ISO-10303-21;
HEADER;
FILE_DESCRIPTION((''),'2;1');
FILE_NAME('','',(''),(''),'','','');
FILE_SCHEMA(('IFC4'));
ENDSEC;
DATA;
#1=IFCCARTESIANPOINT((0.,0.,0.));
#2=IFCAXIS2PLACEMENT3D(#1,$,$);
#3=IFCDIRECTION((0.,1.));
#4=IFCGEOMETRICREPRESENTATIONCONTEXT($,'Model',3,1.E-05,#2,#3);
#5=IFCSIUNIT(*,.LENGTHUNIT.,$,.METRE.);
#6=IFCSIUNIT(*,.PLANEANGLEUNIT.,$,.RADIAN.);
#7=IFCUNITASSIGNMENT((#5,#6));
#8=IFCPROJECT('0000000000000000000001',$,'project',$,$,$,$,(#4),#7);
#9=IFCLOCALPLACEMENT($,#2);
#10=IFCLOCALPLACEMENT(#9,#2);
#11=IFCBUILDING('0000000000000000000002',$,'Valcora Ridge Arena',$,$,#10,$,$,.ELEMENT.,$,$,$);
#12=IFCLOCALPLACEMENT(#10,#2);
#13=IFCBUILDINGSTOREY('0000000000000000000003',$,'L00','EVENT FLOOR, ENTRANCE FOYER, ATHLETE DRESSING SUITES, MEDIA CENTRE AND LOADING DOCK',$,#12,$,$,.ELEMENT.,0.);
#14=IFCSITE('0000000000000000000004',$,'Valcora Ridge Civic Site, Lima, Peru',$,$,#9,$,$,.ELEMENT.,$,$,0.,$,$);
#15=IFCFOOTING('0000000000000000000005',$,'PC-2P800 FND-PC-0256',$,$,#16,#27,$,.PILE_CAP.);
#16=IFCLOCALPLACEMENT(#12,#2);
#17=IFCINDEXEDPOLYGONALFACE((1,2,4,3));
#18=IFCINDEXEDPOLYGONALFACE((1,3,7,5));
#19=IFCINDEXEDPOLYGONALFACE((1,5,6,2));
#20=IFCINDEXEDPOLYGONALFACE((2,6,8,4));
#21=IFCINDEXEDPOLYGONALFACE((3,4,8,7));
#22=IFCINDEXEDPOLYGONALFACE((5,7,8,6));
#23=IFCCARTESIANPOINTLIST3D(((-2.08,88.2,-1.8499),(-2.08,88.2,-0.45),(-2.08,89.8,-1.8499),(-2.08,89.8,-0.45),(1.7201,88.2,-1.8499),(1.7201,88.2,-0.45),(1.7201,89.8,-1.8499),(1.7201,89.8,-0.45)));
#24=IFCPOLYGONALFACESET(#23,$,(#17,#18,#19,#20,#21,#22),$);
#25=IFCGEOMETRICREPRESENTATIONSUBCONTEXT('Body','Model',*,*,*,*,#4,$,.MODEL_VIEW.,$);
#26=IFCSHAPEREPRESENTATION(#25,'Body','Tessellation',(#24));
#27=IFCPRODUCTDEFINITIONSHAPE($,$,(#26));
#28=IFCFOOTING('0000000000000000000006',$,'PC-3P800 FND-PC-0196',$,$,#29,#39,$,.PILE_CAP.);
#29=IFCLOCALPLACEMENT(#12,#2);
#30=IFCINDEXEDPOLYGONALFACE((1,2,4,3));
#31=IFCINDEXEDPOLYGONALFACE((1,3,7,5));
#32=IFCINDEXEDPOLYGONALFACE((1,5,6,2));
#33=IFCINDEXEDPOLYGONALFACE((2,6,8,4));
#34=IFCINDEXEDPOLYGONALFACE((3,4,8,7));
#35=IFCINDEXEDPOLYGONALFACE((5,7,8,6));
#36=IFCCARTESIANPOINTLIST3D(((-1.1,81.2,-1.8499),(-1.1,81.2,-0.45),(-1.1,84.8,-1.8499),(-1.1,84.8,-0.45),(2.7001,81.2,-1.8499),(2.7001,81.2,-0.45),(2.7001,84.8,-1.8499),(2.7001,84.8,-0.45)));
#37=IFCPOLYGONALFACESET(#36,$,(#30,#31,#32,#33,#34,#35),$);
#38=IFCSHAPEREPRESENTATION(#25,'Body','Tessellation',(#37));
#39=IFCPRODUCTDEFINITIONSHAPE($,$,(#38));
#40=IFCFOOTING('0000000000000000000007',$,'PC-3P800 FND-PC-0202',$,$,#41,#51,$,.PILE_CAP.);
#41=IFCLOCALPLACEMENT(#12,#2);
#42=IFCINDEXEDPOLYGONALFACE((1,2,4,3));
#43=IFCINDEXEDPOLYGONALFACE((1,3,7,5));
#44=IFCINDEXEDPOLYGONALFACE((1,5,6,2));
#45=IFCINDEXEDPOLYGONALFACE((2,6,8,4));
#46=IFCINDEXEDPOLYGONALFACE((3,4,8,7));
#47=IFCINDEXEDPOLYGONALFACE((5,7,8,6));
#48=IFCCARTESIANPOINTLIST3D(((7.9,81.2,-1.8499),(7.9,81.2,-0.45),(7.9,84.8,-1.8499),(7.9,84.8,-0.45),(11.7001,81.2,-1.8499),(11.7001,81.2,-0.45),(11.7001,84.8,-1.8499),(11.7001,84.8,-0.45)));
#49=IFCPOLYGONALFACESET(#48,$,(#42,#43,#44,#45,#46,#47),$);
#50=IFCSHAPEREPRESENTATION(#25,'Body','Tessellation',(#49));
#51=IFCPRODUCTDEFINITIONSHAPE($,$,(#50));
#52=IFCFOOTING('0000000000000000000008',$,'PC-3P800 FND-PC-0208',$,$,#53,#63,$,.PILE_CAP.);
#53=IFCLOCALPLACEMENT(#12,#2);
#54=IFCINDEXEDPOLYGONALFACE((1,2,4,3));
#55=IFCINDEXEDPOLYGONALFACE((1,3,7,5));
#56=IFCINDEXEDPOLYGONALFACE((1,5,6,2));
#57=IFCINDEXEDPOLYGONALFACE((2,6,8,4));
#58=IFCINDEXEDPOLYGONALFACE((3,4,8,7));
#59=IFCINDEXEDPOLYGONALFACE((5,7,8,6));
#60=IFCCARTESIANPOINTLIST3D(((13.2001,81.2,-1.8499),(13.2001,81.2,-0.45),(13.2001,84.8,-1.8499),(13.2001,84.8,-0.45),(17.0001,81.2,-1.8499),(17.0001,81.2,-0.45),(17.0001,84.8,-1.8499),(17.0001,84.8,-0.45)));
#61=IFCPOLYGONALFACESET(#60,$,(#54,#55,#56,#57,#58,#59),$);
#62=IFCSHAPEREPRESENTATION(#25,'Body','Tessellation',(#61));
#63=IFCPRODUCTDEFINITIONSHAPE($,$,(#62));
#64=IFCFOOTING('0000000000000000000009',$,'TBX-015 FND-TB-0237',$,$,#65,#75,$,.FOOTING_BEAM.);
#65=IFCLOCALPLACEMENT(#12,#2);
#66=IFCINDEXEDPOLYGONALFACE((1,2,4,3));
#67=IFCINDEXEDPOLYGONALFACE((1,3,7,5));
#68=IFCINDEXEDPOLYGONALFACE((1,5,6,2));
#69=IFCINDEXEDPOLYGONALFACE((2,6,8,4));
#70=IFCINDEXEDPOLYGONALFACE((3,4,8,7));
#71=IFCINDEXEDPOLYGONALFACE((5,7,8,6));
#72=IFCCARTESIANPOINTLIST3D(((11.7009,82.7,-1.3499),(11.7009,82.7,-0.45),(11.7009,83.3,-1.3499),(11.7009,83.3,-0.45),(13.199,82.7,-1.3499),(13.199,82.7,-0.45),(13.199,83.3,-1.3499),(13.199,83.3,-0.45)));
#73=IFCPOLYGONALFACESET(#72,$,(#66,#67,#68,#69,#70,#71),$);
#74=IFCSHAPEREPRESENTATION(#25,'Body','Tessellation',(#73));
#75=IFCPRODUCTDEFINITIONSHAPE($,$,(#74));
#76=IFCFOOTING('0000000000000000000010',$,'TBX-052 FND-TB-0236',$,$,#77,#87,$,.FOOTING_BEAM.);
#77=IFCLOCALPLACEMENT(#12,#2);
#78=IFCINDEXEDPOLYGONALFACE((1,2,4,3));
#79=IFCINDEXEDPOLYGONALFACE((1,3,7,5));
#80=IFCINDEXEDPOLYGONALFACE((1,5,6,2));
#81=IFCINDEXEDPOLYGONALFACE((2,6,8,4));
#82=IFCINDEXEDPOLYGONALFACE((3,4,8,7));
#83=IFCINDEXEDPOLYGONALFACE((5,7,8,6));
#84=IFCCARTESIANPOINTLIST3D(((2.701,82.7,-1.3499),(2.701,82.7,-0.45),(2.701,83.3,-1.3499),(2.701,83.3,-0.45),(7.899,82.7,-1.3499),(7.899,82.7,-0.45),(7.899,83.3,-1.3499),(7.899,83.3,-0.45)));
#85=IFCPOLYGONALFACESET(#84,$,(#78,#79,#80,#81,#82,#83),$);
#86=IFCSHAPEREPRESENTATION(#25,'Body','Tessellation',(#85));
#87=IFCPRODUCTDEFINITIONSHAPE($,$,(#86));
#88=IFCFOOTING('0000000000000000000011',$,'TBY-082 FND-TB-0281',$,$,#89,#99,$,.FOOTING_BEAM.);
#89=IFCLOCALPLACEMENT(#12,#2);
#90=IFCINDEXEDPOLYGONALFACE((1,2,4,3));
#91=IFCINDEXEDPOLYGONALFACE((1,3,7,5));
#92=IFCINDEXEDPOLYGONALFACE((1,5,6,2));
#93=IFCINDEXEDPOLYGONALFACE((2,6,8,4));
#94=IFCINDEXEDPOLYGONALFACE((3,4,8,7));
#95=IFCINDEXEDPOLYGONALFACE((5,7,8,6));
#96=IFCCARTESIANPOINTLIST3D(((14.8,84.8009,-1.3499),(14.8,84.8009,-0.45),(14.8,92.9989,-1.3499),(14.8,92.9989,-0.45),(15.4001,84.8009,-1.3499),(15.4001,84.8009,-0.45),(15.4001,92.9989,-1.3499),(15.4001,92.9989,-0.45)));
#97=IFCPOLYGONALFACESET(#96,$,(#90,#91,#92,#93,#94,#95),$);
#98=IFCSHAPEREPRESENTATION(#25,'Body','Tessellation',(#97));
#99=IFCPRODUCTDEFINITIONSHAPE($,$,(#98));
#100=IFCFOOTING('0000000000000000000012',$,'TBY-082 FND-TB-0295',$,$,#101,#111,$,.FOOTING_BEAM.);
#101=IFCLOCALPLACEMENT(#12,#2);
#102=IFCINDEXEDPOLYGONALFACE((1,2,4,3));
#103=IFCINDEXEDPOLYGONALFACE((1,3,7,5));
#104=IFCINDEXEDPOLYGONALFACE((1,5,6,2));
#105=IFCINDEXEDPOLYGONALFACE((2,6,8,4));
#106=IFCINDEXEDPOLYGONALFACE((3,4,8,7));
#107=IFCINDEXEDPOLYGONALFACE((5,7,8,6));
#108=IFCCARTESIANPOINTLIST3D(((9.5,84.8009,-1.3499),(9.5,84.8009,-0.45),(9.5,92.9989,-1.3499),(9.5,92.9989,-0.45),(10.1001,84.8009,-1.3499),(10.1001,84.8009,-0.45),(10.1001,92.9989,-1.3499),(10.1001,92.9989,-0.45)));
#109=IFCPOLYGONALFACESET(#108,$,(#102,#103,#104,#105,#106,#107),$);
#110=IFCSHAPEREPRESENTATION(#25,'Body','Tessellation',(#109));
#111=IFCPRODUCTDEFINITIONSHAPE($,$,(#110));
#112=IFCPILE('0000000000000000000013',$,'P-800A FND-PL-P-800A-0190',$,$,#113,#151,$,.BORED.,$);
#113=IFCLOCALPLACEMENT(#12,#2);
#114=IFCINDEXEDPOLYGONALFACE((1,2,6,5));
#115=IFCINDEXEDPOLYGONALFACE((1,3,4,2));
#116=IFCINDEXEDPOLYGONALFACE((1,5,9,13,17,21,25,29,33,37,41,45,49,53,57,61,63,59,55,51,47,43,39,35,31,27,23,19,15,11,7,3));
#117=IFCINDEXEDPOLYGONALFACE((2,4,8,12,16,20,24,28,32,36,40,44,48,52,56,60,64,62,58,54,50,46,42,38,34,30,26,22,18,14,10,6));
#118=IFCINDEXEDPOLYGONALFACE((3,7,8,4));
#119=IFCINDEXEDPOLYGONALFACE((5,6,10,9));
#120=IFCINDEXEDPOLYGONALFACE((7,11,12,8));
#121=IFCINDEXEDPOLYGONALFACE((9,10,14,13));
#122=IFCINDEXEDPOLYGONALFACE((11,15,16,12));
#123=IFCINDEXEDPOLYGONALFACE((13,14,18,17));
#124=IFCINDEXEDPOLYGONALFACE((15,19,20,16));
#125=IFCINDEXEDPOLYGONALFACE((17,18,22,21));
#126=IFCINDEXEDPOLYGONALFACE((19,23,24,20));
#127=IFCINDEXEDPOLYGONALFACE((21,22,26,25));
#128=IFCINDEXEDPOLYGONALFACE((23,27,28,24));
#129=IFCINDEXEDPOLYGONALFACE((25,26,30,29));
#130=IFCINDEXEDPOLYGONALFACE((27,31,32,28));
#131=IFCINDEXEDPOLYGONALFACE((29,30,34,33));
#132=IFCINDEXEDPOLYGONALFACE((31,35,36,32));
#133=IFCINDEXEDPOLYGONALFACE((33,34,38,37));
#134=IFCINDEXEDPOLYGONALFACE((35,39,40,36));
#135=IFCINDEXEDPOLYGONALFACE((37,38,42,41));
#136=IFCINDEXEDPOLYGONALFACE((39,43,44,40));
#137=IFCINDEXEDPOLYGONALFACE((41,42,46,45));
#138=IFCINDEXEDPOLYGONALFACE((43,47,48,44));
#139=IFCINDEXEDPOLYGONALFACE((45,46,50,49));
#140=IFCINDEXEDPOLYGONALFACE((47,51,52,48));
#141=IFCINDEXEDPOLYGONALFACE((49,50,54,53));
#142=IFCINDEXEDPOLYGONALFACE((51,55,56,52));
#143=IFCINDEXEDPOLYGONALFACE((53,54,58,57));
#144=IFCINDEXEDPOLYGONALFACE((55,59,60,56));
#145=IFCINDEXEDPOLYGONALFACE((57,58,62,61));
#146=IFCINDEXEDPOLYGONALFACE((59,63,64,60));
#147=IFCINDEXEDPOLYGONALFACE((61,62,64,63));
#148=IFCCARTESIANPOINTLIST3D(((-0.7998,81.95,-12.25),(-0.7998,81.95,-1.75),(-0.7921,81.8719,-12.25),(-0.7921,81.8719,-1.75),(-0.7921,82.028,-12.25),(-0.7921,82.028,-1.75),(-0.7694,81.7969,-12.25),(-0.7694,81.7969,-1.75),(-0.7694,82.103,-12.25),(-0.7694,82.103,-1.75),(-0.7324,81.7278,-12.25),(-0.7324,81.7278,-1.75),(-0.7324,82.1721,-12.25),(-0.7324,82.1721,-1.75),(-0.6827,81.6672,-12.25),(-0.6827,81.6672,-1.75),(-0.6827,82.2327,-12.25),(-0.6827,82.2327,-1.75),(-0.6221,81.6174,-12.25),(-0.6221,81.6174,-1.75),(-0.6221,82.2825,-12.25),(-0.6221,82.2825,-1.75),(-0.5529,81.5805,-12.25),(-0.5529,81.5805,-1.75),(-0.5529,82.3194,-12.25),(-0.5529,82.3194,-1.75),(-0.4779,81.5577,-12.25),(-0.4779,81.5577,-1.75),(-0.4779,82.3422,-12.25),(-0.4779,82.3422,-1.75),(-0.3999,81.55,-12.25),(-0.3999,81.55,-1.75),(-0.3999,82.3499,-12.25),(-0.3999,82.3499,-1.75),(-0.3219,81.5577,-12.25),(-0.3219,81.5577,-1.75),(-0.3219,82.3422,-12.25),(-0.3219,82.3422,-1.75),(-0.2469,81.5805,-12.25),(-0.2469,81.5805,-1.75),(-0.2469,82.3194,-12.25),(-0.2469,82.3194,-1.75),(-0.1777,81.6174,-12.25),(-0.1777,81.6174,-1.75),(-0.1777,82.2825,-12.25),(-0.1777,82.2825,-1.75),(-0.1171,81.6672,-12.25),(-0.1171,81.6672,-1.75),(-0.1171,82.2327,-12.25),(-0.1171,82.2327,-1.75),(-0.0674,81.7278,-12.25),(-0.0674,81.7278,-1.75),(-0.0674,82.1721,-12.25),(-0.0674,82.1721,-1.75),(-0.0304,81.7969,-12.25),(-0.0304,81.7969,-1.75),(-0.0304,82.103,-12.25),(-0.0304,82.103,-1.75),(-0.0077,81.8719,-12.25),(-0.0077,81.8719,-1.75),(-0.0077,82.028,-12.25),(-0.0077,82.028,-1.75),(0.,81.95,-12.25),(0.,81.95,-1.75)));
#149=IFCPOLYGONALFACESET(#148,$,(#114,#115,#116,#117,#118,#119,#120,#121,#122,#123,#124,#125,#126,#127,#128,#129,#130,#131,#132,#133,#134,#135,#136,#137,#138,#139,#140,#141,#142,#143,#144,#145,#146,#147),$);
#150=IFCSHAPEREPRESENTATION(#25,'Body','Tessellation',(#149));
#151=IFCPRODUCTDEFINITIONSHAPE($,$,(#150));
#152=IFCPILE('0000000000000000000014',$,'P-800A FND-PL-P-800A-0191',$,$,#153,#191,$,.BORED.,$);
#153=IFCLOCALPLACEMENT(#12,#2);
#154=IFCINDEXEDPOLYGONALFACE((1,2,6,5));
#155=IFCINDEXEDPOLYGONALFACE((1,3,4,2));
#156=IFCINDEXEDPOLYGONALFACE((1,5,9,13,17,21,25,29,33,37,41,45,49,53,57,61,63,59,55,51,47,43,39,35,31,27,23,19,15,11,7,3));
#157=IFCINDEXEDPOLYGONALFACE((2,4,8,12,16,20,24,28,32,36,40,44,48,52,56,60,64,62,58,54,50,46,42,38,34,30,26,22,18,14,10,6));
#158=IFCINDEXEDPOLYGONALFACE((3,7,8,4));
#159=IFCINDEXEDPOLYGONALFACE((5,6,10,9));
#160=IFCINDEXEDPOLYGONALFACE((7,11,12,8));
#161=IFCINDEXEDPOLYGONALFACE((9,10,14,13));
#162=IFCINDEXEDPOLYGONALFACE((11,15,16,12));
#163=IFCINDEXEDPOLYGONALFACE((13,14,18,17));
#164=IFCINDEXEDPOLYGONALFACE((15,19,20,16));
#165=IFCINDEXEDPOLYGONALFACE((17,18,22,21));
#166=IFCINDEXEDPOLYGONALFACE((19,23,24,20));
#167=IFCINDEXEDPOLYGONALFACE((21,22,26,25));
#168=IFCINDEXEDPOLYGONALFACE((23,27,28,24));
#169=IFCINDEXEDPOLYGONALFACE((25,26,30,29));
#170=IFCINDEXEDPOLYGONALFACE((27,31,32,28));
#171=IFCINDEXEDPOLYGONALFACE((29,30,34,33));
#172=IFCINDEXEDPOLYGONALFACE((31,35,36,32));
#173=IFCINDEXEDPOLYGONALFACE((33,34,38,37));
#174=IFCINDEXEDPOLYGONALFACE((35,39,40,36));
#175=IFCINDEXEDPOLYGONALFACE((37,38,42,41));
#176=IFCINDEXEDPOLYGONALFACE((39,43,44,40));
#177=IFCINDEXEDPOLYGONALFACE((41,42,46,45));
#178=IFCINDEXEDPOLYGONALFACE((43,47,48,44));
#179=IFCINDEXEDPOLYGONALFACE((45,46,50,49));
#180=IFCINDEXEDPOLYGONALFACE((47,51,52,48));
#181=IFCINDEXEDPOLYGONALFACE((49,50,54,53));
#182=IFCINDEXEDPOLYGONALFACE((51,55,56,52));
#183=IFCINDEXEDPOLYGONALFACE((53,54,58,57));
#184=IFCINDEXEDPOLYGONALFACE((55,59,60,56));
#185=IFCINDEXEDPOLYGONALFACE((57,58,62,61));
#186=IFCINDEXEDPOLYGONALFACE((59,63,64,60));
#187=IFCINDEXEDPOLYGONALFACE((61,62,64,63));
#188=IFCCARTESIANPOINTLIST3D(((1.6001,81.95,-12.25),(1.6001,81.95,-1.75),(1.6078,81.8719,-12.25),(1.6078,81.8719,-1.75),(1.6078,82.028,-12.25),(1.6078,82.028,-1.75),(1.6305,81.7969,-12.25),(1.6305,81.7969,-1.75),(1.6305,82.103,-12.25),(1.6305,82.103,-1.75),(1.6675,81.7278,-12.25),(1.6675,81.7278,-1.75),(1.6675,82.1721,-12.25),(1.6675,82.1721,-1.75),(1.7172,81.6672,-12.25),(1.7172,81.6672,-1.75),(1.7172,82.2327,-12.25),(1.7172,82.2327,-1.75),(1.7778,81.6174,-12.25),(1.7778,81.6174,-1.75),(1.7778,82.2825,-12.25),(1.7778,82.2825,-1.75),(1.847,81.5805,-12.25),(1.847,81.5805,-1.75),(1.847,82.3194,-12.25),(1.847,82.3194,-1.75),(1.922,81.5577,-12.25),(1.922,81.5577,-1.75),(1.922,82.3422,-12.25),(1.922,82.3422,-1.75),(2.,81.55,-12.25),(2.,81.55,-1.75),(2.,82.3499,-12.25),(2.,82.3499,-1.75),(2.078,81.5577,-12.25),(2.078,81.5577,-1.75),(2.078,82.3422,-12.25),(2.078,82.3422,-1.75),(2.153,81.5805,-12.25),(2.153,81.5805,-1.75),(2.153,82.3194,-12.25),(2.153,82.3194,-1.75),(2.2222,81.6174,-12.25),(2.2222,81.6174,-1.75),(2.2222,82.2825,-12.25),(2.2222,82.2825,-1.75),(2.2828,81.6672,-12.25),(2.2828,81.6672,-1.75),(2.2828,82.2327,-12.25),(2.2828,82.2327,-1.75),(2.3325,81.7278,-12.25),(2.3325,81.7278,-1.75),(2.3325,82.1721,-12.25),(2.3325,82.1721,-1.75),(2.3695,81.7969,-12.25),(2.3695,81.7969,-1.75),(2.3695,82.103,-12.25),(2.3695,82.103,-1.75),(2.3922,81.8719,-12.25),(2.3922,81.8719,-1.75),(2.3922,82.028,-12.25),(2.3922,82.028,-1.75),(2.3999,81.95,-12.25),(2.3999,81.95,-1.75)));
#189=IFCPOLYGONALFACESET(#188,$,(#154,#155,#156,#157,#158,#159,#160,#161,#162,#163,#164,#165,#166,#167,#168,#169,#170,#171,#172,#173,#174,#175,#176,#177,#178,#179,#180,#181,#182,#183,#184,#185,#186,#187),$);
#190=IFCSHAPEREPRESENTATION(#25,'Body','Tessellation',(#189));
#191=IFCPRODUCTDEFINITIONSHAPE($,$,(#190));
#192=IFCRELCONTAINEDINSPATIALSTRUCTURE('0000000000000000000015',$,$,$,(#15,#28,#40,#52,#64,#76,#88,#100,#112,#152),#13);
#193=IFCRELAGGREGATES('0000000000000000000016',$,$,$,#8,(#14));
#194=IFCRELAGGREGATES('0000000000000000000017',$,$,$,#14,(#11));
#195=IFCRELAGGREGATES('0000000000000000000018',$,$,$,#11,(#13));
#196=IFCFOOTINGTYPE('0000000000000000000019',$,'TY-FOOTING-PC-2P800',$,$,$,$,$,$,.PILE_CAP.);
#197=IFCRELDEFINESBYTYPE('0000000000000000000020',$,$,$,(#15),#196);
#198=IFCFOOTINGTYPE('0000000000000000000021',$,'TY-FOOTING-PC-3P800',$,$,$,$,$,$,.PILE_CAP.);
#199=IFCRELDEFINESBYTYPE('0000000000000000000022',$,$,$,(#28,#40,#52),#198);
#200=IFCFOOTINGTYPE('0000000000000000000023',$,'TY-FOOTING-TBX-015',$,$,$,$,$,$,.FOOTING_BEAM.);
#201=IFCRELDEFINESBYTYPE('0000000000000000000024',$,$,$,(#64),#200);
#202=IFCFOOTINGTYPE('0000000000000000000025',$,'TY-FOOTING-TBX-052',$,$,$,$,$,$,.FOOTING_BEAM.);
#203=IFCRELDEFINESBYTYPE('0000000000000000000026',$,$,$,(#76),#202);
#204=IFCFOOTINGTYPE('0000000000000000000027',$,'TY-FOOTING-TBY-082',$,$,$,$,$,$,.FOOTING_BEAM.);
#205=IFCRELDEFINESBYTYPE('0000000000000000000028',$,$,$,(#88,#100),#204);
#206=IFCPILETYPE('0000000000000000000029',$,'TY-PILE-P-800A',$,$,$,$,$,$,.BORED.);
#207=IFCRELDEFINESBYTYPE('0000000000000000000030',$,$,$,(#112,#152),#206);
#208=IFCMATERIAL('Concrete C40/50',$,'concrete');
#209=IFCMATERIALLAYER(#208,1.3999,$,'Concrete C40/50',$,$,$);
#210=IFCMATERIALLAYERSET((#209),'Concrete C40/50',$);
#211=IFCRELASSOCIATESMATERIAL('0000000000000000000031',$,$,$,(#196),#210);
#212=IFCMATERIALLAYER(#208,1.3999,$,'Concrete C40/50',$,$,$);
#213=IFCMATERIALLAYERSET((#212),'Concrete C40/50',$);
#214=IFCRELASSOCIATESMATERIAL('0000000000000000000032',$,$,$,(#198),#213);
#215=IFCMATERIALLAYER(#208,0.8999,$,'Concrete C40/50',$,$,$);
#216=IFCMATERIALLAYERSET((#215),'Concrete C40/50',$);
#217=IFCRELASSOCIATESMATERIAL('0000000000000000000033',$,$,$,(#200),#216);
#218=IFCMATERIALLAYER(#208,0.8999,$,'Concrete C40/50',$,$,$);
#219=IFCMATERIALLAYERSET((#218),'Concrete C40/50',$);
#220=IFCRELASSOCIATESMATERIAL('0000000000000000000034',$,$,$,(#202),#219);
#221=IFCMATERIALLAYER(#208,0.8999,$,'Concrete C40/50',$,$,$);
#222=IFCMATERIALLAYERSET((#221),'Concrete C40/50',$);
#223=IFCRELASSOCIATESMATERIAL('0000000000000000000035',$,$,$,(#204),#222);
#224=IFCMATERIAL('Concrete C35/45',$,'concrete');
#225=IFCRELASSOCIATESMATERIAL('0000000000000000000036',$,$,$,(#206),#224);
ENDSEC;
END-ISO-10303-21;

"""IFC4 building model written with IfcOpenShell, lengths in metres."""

from ifc_helpers import new_model, si_unit, direction, frame, origin, origin_2d, place, context, subcontext, project, spatial, rectangle, circle, extrude, material, layer, layer_set, material_profile, profile_set, type_object, element, save


model = new_model("IFC4")

# Units and contexts
model_context = context("Model", 3, precision=1e-05, world=origin(), true_north=direction((0.0, 1.0)))
body_context = subcontext(model_context, "Body", "Model", "MODEL_VIEW")
ifc_project = project(units=[si_unit("LENGTHUNIT", "METRE"), si_unit("PLANEANGLEUNIT", "RADIAN")], contexts=[model_context])

# Site, building, storey
site_placement = place(None, origin())
site = spatial("IfcSite", under=ifc_project, at=site_placement, Name="Valcora Ridge Civic Site, Lima, Peru", CompositionType="ELEMENT", RefElevation=0.0)
building_placement = place(site_placement, origin())
building = spatial("IfcBuilding", under=site, at=building_placement, Name="Valcora Ridge Arena", CompositionType="ELEMENT")
storey_placement = place(building_placement, origin())
storey = spatial("IfcBuildingStorey", under=building, at=storey_placement, Name="L00", Description="EVENT FLOOR, ENTRANCE FOYER, ATHLETE DRESSING SUITES, MEDIA CENTRE AND LOADING DOCK", CompositionType="ELEMENT", Elevation=0.0)

# Footings
ifc_material_1 = material(Name="Concrete C40/50", Category="concrete")
ifc_layer_1 = layer(ifc_material_1, 1.3999, Name="Concrete C40/50")
ifc_layer_set_1 = layer_set([ifc_layer_1], Name="Concrete C40/50")
footing_type_1 = type_object("IfcFootingType", Name="TY-FOOTING-PC-2P800", PredefinedType="PILE_CAP", material=ifc_layer_set_1)
footing_1_placement = place(storey_placement, frame((-0.1799, 89.0, -1.8499), z_axis=(0.0, 0.0, 1.0), x_axis=(1.0, 0.0, 0.0)))
element("IfcFooting", 1, at=footing_1_placement, inside=storey, type_object=footing_type_1, Name="PC-2P800 FND-PC-0256", PredefinedType="PILE_CAP", context=body_context, shape_type="SweptSolid", body=[
    extrude(rectangle(XDim=3.8, YDim=1.6001, at=origin_2d()), origin(), (0.0, 0.0, 1.0), 1.3999),
])
ifc_layer_2 = layer(ifc_material_1, 1.3999, Name="Concrete C40/50")
ifc_layer_set_2 = layer_set([ifc_layer_2], Name="Concrete C40/50")
footing_type_2 = type_object("IfcFootingType", Name="TY-FOOTING-PC-3P800", PredefinedType="PILE_CAP", material=ifc_layer_set_2)
for number, where, z_axis, x_axis, name in (
    (2, (0.8, 83.0, -1.8499), (0.0, 0.0, 1.0), (1.0, 0.0, 0.0), "PC-3P800 FND-PC-0196"),
    (3, (9.8, 83.0, -1.8499), (0.0, 0.0, 1.0), (1.0, 0.0, 0.0), "PC-3P800 FND-PC-0202"),
    (4, (15.1001, 83.0, -1.8499), (0.0, 0.0, 1.0), (1.0, 0.0, 0.0), "PC-3P800 FND-PC-0208"),
):
    element("IfcFooting", number, at=place(storey_placement, frame(where, z_axis=z_axis, x_axis=x_axis)), inside=storey, type_object=footing_type_2, Name=name, PredefinedType="PILE_CAP", context=body_context, shape_type="SweptSolid", body=[
        extrude(rectangle(XDim=3.8, YDim=3.6001, at=origin_2d()), origin(), (0.0, 0.0, 1.0), 1.3999),
    ])
ifc_layer_3 = layer(ifc_material_1, 0.8999, Name="Concrete C40/50")
ifc_layer_set_3 = layer_set([ifc_layer_3], Name="Concrete C40/50")
footing_type_3 = type_object("IfcFootingType", Name="TY-FOOTING-TBX-015", PredefinedType="FOOTING_BEAM", material=ifc_layer_set_3)
footing_2_placement = place(storey_placement, frame((12.45, 83.0, -1.3499), z_axis=(0.0, 0.0, 1.0), x_axis=(1.0, 0.0, 0.0)))
element("IfcFooting", 5, at=footing_2_placement, inside=storey, type_object=footing_type_3, Name="TBX-015 FND-TB-0237", PredefinedType="FOOTING_BEAM", context=body_context, shape_type="SweptSolid", body=[
    extrude(rectangle(XDim=1.498, YDim=0.6001, at=origin_2d()), origin(), (0.0, 0.0, 1.0), 0.8999),
])
ifc_layer_4 = layer(ifc_material_1, 0.8999, Name="Concrete C40/50")
ifc_layer_set_4 = layer_set([ifc_layer_4], Name="Concrete C40/50")
footing_type_4 = type_object("IfcFootingType", Name="TY-FOOTING-TBX-052", PredefinedType="FOOTING_BEAM", material=ifc_layer_set_4)
footing_3_placement = place(storey_placement, frame((5.3, 83.0, -1.3499), z_axis=(0.0, 0.0, 1.0), x_axis=(1.0, 0.0, 0.0)))
element("IfcFooting", 6, at=footing_3_placement, inside=storey, type_object=footing_type_4, Name="TBX-052 FND-TB-0236", PredefinedType="FOOTING_BEAM", context=body_context, shape_type="SweptSolid", body=[
    extrude(rectangle(XDim=5.198, YDim=0.6001, at=origin_2d()), origin(), (0.0, 0.0, 1.0), 0.8999),
])
ifc_layer_5 = layer(ifc_material_1, 0.8999, Name="Concrete C40/50")
ifc_layer_set_5 = layer_set([ifc_layer_5], Name="Concrete C40/50")
footing_type_5 = type_object("IfcFootingType", Name="TY-FOOTING-TBY-082", PredefinedType="FOOTING_BEAM", material=ifc_layer_set_5)
for number, where, z_axis, x_axis, name in (
    (7, (15.1001, 88.8999, -1.3499), (0.0, 0.0, 1.0), (1.0, 0.0, 0.0), "TBY-082 FND-TB-0281"),
    (8, (9.8, 88.8999, -1.3499), (0.0, 0.0, 1.0), (1.0, 0.0, 0.0), "TBY-082 FND-TB-0295"),
):
    element("IfcFooting", number, at=place(storey_placement, frame(where, z_axis=z_axis, x_axis=x_axis)), inside=storey, type_object=footing_type_5, Name=name, PredefinedType="FOOTING_BEAM", context=body_context, shape_type="SweptSolid", body=[
        extrude(rectangle(XDim=0.6001, YDim=8.198, at=origin_2d()), origin(), (0.0, 0.0, 1.0), 0.8999),
    ])

# Piles
ifc_material_2 = material(Name="Concrete C35/45", Category="concrete")
ifc_material_profile_1 = material_profile(ifc_material_2, circle(Radius=0.3999, at=origin_2d()), Name="BORED PILE D800")
ifc_profile_set_1 = profile_set([ifc_material_profile_1], Name="Concrete C35/45")
pile_type_1 = type_object("IfcPileType", Name="TY-PILE-P-800A", PredefinedType="BORED", material=ifc_profile_set_1)
for number, where, z_axis, x_axis, name in (
    (9, (-0.3999, 81.95, -1.75), (0.0, 0.0, -1.0), (1.0, 0.0, 0.0), "P-800A FND-PL-P-800A-0190"),
    (10, (2.0, 81.95, -1.75), (0.0, 0.0, -1.0), (1.0, 0.0, 0.0), "P-800A FND-PL-P-800A-0191"),
):
    element("IfcPile", number, at=place(storey_placement, frame(where, z_axis=z_axis, x_axis=x_axis)), inside=storey, type_object=pile_type_1, Name=name, PredefinedType="BORED", context=body_context, shape_type="SweptSolid", body=[
        extrude(circle(Radius=0.3999, at=origin_2d()), origin(), (0.0, 0.0, 1.0), 10.5),
    ])

save(model, "model.ifc")
